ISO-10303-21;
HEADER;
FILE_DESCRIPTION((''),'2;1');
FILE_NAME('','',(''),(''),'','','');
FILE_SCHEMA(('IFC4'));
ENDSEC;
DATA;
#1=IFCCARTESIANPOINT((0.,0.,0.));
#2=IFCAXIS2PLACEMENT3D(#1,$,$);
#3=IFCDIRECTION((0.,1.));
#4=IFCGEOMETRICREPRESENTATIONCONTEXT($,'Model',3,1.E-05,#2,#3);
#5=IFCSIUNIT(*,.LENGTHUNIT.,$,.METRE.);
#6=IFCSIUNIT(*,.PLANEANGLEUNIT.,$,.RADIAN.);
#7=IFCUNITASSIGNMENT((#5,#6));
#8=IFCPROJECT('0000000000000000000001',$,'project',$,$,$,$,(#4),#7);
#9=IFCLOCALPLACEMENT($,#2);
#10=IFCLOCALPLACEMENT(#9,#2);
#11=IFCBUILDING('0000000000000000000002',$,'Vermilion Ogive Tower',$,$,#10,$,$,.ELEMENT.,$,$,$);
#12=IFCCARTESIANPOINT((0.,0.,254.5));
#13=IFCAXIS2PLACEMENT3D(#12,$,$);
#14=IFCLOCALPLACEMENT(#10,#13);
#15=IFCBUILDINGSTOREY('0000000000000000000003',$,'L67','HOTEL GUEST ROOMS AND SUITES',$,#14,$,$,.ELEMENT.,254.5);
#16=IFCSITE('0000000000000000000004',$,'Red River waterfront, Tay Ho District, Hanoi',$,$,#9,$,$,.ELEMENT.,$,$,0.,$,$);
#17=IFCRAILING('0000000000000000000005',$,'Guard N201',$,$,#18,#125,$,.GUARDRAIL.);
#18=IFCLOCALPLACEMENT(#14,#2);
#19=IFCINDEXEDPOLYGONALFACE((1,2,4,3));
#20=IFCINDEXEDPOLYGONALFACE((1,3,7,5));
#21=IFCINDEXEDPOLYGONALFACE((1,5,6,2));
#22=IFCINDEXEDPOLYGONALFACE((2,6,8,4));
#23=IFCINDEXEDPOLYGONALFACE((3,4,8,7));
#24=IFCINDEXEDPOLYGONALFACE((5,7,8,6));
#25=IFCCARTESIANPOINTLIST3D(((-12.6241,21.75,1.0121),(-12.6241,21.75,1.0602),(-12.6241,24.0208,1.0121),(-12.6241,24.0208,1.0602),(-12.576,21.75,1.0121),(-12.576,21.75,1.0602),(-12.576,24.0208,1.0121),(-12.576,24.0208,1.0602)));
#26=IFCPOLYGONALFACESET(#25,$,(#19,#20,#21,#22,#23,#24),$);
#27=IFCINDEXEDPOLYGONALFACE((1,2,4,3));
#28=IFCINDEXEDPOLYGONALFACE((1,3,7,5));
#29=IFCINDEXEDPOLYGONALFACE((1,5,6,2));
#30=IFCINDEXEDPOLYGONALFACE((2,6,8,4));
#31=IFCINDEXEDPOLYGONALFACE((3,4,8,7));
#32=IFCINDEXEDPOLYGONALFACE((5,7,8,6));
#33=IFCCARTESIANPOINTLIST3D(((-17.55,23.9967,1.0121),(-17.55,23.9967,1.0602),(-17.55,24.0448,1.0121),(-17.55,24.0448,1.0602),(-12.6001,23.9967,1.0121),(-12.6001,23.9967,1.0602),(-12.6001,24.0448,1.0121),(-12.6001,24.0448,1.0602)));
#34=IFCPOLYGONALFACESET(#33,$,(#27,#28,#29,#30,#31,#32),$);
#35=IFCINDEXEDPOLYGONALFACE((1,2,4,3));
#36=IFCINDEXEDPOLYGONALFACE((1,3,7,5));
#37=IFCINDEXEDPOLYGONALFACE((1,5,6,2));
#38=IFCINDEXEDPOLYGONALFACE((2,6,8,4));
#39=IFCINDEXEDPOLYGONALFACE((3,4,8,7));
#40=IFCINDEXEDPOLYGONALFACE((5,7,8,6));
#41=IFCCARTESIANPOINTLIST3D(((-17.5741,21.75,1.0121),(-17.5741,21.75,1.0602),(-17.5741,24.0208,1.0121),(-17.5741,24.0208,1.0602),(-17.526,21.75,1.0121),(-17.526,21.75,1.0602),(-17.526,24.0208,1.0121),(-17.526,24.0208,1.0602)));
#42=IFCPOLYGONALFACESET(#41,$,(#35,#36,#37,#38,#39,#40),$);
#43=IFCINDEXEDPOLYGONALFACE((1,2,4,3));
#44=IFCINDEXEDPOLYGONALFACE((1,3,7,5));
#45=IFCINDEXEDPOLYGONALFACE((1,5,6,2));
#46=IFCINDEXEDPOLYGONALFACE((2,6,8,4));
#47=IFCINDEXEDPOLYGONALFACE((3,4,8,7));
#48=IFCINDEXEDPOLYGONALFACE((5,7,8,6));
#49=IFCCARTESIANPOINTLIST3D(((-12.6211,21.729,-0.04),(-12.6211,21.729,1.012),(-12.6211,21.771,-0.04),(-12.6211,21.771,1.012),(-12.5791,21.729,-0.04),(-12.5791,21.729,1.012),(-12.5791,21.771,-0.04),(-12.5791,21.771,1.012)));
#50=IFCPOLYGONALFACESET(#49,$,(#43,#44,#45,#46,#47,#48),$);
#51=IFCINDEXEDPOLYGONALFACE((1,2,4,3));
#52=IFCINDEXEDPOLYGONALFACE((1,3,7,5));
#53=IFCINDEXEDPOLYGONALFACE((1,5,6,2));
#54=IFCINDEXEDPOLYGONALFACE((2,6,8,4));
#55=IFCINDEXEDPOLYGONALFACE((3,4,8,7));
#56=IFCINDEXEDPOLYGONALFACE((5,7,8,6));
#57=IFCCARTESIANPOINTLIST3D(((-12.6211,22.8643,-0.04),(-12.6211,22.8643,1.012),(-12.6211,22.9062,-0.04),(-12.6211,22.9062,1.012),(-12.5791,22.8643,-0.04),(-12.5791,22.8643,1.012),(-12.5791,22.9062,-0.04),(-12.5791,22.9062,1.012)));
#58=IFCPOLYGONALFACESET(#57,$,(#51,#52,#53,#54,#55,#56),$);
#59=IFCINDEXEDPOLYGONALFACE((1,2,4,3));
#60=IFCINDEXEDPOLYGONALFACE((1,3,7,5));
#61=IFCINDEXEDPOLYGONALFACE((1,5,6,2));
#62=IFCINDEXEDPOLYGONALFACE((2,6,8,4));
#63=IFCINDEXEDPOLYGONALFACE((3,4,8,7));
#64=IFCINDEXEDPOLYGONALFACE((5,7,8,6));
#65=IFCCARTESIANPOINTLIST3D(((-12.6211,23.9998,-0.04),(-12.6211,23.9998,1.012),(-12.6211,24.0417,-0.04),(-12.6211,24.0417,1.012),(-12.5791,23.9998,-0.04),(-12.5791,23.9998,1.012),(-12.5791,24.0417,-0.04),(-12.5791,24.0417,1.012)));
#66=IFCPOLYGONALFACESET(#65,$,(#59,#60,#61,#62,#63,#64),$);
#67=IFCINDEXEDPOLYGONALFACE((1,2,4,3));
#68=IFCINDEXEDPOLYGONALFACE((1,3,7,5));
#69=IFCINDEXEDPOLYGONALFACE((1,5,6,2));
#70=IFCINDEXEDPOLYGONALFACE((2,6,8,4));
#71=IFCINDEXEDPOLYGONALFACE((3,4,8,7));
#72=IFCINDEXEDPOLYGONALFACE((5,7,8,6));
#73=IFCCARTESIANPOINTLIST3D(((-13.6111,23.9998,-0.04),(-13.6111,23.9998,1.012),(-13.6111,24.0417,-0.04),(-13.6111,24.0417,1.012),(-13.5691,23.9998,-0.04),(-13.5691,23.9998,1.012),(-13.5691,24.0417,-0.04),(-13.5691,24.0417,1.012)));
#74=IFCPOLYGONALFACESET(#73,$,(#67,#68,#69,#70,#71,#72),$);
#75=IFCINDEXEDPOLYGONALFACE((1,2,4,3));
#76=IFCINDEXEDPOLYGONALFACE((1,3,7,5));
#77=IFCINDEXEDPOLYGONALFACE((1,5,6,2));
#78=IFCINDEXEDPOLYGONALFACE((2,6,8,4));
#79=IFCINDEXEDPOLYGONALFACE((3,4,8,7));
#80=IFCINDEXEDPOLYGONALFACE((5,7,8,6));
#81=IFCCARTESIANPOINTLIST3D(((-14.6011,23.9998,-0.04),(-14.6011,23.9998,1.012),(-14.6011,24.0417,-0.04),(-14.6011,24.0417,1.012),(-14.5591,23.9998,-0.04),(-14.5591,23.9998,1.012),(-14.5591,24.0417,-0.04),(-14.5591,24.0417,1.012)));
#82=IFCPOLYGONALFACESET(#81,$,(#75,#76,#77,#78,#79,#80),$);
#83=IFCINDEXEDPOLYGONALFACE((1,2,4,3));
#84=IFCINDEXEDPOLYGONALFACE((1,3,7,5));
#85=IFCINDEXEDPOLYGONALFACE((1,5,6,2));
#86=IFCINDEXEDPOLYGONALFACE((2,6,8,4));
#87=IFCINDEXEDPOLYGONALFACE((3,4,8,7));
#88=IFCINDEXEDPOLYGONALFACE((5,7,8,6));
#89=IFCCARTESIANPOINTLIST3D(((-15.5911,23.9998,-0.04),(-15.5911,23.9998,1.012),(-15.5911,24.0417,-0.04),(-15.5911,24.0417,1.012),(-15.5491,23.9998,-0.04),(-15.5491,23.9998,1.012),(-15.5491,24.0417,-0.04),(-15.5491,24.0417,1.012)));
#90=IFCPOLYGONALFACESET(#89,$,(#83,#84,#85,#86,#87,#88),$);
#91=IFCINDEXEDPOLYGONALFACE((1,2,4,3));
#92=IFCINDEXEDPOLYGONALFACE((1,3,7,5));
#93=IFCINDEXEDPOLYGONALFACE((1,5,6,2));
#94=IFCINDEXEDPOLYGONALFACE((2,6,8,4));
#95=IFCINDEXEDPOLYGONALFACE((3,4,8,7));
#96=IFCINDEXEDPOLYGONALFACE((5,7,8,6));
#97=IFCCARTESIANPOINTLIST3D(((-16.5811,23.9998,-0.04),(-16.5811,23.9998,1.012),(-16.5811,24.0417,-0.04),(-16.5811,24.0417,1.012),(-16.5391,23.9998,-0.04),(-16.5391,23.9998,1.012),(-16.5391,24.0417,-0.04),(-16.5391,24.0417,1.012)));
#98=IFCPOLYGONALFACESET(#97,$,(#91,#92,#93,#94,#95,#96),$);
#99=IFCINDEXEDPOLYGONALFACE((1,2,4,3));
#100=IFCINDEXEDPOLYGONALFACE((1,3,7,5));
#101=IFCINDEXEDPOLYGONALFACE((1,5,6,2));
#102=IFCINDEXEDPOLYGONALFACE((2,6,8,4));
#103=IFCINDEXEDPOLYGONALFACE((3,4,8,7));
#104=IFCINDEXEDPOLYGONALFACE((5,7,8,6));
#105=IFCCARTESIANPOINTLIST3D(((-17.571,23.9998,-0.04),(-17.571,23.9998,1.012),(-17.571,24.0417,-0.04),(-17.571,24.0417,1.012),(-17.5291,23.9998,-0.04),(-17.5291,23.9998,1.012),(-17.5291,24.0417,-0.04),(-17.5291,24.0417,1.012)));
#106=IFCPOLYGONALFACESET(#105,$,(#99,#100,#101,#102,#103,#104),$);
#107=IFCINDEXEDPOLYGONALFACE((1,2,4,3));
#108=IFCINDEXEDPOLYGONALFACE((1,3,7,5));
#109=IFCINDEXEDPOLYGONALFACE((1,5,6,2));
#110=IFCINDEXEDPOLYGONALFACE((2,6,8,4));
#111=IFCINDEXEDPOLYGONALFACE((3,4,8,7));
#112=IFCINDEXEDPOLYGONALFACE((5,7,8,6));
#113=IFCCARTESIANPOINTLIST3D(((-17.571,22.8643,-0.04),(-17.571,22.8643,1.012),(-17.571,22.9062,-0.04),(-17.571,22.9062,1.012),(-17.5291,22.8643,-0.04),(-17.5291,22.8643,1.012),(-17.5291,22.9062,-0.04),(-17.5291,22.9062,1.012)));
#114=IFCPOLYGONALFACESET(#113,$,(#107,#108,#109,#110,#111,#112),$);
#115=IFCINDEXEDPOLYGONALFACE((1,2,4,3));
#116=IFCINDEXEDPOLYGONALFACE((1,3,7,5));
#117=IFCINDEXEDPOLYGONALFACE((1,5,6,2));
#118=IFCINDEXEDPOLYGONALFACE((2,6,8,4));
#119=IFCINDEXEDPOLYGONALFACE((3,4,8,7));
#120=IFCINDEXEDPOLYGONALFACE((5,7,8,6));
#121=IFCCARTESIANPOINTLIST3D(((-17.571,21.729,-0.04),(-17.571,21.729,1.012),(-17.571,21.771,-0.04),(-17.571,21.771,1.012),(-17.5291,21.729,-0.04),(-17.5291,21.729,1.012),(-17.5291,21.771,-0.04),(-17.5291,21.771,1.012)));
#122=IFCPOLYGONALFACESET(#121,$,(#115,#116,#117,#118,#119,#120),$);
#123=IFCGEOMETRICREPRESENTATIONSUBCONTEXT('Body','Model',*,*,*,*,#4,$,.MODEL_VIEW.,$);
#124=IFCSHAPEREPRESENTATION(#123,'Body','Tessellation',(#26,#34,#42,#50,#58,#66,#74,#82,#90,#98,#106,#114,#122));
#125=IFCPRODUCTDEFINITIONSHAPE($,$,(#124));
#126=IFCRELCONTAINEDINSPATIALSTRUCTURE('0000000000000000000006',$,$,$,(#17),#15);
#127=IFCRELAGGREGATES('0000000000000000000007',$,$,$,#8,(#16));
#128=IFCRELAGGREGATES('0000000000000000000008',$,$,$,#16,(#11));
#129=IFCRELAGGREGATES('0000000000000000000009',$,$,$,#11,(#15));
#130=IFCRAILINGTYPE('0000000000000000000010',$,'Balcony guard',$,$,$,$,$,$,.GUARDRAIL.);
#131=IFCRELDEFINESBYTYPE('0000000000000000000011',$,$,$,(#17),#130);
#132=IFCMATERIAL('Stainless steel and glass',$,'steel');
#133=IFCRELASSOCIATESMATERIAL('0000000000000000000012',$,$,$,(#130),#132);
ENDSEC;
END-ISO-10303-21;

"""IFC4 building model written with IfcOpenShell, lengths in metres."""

from ifc_helpers import new_model, si_unit, direction, frame, origin, origin_2d, place, context, subcontext, project, spatial, rectangle, extrude, material, type_object, element, save


model = new_model("IFC4")

# Units and contexts
model_context = context("Model", 3, precision=1e-05, world=origin(), true_north=direction((0.0, 1.0)))
body_context = subcontext(model_context, "Body", "Model", "MODEL_VIEW")
ifc_project = project(units=[si_unit("LENGTHUNIT", "METRE"), si_unit("PLANEANGLEUNIT", "RADIAN")], contexts=[model_context])

# Site, building, storey
site_placement = place(None, origin())
site = spatial("IfcSite", under=ifc_project, at=site_placement, Name="Red River waterfront, Tay Ho District, Hanoi", CompositionType="ELEMENT", RefElevation=0.0)
building_placement = place(site_placement, origin())
building = spatial("IfcBuilding", under=site, at=building_placement, Name="Vermilion Ogive Tower", CompositionType="ELEMENT")
storey_placement = place(building_placement, frame((0.0, 0.0, 254.5)))
storey = spatial("IfcBuildingStorey", under=building, at=storey_placement, Name="L67", Description="HOTEL GUEST ROOMS AND SUITES", CompositionType="ELEMENT", Elevation=254.5)

# Railing
ifc_material_1 = material(Name="Stainless steel and glass", Category="steel")
railing_type = type_object("IfcRailingType", Name="Balcony guard", PredefinedType="GUARDRAIL", material=ifc_material_1)
railing_placement = place(storey_placement, frame((-12.6001, 21.75, -0.04)))
element("IfcRailing", 1, at=railing_placement, inside=storey, type_object=railing_type, Name="Guard N201", PredefinedType="GUARDRAIL", context=body_context, shape_type="SweptSolid", body=[
    extrude(rectangle(XDim=0.0481, YDim=0.0481, at=origin_2d()), frame((0.0, 0.0, 1.0762), z_axis=(0.0, 1.0, 0.0), x_axis=(-1.0, 0.0, 0.0)), (0.0, 0.0, 1.0), 2.2708),
    extrude(rectangle(XDim=0.0481, YDim=0.0481, at=origin_2d()), frame((0.0, 2.2708, 1.0762), z_axis=(-1.0, 0.0, 0.0), x_axis=(0.0, -1.0, 0.0)), (0.0, 0.0, 1.0), 4.95),
    extrude(rectangle(XDim=0.0481, YDim=0.0481, at=origin_2d()), frame((-4.95, 2.2708, 1.0762), z_axis=(0.0, -1.0, 0.0), x_axis=(1.0, 0.0, 0.0)), (0.0, 0.0, 1.0), 2.2708),
    extrude(rectangle(XDim=0.042, YDim=0.042, at=origin_2d()), origin(), (0.0, 0.0, 1.0), 1.052),
    extrude(rectangle(XDim=0.042, YDim=0.042, at=origin_2d()), frame((0.0, 1.1353, 0.0)), (0.0, 0.0, 1.0), 1.052),
    extrude(rectangle(XDim=0.042, YDim=0.042, at=origin_2d()), frame((0.0, 2.2708, 0.0)), (0.0, 0.0, 1.0), 1.052),
    extrude(rectangle(XDim=0.042, YDim=0.042, at=origin_2d()), frame((-0.99, 2.2708, 0.0)), (0.0, 0.0, 1.0), 1.052),
    extrude(rectangle(XDim=0.042, YDim=0.042, at=origin_2d()), frame((-1.98, 2.2708, 0.0)), (0.0, 0.0, 1.0), 1.052),
    extrude(rectangle(XDim=0.042, YDim=0.042, at=origin_2d()), frame((-2.97, 2.2708, 0.0)), (0.0, 0.0, 1.0), 1.052),
    extrude(rectangle(XDim=0.042, YDim=0.042, at=origin_2d()), frame((-3.96, 2.2708, 0.0)), (0.0, 0.0, 1.0), 1.052),
    extrude(rectangle(XDim=0.042, YDim=0.042, at=origin_2d()), frame((-4.95, 2.2708, 0.0)), (0.0, 0.0, 1.0), 1.052),
    extrude(rectangle(XDim=0.042, YDim=0.042, at=origin_2d()), frame((-4.95, 1.1353, 0.0)), (0.0, 0.0, 1.0), 1.052),
    extrude(rectangle(XDim=0.042, YDim=0.042, at=origin_2d()), frame((-4.95, 0.0, 0.0)), (0.0, 0.0, 1.0), 1.052),
])

save(model, "model.ifc")
